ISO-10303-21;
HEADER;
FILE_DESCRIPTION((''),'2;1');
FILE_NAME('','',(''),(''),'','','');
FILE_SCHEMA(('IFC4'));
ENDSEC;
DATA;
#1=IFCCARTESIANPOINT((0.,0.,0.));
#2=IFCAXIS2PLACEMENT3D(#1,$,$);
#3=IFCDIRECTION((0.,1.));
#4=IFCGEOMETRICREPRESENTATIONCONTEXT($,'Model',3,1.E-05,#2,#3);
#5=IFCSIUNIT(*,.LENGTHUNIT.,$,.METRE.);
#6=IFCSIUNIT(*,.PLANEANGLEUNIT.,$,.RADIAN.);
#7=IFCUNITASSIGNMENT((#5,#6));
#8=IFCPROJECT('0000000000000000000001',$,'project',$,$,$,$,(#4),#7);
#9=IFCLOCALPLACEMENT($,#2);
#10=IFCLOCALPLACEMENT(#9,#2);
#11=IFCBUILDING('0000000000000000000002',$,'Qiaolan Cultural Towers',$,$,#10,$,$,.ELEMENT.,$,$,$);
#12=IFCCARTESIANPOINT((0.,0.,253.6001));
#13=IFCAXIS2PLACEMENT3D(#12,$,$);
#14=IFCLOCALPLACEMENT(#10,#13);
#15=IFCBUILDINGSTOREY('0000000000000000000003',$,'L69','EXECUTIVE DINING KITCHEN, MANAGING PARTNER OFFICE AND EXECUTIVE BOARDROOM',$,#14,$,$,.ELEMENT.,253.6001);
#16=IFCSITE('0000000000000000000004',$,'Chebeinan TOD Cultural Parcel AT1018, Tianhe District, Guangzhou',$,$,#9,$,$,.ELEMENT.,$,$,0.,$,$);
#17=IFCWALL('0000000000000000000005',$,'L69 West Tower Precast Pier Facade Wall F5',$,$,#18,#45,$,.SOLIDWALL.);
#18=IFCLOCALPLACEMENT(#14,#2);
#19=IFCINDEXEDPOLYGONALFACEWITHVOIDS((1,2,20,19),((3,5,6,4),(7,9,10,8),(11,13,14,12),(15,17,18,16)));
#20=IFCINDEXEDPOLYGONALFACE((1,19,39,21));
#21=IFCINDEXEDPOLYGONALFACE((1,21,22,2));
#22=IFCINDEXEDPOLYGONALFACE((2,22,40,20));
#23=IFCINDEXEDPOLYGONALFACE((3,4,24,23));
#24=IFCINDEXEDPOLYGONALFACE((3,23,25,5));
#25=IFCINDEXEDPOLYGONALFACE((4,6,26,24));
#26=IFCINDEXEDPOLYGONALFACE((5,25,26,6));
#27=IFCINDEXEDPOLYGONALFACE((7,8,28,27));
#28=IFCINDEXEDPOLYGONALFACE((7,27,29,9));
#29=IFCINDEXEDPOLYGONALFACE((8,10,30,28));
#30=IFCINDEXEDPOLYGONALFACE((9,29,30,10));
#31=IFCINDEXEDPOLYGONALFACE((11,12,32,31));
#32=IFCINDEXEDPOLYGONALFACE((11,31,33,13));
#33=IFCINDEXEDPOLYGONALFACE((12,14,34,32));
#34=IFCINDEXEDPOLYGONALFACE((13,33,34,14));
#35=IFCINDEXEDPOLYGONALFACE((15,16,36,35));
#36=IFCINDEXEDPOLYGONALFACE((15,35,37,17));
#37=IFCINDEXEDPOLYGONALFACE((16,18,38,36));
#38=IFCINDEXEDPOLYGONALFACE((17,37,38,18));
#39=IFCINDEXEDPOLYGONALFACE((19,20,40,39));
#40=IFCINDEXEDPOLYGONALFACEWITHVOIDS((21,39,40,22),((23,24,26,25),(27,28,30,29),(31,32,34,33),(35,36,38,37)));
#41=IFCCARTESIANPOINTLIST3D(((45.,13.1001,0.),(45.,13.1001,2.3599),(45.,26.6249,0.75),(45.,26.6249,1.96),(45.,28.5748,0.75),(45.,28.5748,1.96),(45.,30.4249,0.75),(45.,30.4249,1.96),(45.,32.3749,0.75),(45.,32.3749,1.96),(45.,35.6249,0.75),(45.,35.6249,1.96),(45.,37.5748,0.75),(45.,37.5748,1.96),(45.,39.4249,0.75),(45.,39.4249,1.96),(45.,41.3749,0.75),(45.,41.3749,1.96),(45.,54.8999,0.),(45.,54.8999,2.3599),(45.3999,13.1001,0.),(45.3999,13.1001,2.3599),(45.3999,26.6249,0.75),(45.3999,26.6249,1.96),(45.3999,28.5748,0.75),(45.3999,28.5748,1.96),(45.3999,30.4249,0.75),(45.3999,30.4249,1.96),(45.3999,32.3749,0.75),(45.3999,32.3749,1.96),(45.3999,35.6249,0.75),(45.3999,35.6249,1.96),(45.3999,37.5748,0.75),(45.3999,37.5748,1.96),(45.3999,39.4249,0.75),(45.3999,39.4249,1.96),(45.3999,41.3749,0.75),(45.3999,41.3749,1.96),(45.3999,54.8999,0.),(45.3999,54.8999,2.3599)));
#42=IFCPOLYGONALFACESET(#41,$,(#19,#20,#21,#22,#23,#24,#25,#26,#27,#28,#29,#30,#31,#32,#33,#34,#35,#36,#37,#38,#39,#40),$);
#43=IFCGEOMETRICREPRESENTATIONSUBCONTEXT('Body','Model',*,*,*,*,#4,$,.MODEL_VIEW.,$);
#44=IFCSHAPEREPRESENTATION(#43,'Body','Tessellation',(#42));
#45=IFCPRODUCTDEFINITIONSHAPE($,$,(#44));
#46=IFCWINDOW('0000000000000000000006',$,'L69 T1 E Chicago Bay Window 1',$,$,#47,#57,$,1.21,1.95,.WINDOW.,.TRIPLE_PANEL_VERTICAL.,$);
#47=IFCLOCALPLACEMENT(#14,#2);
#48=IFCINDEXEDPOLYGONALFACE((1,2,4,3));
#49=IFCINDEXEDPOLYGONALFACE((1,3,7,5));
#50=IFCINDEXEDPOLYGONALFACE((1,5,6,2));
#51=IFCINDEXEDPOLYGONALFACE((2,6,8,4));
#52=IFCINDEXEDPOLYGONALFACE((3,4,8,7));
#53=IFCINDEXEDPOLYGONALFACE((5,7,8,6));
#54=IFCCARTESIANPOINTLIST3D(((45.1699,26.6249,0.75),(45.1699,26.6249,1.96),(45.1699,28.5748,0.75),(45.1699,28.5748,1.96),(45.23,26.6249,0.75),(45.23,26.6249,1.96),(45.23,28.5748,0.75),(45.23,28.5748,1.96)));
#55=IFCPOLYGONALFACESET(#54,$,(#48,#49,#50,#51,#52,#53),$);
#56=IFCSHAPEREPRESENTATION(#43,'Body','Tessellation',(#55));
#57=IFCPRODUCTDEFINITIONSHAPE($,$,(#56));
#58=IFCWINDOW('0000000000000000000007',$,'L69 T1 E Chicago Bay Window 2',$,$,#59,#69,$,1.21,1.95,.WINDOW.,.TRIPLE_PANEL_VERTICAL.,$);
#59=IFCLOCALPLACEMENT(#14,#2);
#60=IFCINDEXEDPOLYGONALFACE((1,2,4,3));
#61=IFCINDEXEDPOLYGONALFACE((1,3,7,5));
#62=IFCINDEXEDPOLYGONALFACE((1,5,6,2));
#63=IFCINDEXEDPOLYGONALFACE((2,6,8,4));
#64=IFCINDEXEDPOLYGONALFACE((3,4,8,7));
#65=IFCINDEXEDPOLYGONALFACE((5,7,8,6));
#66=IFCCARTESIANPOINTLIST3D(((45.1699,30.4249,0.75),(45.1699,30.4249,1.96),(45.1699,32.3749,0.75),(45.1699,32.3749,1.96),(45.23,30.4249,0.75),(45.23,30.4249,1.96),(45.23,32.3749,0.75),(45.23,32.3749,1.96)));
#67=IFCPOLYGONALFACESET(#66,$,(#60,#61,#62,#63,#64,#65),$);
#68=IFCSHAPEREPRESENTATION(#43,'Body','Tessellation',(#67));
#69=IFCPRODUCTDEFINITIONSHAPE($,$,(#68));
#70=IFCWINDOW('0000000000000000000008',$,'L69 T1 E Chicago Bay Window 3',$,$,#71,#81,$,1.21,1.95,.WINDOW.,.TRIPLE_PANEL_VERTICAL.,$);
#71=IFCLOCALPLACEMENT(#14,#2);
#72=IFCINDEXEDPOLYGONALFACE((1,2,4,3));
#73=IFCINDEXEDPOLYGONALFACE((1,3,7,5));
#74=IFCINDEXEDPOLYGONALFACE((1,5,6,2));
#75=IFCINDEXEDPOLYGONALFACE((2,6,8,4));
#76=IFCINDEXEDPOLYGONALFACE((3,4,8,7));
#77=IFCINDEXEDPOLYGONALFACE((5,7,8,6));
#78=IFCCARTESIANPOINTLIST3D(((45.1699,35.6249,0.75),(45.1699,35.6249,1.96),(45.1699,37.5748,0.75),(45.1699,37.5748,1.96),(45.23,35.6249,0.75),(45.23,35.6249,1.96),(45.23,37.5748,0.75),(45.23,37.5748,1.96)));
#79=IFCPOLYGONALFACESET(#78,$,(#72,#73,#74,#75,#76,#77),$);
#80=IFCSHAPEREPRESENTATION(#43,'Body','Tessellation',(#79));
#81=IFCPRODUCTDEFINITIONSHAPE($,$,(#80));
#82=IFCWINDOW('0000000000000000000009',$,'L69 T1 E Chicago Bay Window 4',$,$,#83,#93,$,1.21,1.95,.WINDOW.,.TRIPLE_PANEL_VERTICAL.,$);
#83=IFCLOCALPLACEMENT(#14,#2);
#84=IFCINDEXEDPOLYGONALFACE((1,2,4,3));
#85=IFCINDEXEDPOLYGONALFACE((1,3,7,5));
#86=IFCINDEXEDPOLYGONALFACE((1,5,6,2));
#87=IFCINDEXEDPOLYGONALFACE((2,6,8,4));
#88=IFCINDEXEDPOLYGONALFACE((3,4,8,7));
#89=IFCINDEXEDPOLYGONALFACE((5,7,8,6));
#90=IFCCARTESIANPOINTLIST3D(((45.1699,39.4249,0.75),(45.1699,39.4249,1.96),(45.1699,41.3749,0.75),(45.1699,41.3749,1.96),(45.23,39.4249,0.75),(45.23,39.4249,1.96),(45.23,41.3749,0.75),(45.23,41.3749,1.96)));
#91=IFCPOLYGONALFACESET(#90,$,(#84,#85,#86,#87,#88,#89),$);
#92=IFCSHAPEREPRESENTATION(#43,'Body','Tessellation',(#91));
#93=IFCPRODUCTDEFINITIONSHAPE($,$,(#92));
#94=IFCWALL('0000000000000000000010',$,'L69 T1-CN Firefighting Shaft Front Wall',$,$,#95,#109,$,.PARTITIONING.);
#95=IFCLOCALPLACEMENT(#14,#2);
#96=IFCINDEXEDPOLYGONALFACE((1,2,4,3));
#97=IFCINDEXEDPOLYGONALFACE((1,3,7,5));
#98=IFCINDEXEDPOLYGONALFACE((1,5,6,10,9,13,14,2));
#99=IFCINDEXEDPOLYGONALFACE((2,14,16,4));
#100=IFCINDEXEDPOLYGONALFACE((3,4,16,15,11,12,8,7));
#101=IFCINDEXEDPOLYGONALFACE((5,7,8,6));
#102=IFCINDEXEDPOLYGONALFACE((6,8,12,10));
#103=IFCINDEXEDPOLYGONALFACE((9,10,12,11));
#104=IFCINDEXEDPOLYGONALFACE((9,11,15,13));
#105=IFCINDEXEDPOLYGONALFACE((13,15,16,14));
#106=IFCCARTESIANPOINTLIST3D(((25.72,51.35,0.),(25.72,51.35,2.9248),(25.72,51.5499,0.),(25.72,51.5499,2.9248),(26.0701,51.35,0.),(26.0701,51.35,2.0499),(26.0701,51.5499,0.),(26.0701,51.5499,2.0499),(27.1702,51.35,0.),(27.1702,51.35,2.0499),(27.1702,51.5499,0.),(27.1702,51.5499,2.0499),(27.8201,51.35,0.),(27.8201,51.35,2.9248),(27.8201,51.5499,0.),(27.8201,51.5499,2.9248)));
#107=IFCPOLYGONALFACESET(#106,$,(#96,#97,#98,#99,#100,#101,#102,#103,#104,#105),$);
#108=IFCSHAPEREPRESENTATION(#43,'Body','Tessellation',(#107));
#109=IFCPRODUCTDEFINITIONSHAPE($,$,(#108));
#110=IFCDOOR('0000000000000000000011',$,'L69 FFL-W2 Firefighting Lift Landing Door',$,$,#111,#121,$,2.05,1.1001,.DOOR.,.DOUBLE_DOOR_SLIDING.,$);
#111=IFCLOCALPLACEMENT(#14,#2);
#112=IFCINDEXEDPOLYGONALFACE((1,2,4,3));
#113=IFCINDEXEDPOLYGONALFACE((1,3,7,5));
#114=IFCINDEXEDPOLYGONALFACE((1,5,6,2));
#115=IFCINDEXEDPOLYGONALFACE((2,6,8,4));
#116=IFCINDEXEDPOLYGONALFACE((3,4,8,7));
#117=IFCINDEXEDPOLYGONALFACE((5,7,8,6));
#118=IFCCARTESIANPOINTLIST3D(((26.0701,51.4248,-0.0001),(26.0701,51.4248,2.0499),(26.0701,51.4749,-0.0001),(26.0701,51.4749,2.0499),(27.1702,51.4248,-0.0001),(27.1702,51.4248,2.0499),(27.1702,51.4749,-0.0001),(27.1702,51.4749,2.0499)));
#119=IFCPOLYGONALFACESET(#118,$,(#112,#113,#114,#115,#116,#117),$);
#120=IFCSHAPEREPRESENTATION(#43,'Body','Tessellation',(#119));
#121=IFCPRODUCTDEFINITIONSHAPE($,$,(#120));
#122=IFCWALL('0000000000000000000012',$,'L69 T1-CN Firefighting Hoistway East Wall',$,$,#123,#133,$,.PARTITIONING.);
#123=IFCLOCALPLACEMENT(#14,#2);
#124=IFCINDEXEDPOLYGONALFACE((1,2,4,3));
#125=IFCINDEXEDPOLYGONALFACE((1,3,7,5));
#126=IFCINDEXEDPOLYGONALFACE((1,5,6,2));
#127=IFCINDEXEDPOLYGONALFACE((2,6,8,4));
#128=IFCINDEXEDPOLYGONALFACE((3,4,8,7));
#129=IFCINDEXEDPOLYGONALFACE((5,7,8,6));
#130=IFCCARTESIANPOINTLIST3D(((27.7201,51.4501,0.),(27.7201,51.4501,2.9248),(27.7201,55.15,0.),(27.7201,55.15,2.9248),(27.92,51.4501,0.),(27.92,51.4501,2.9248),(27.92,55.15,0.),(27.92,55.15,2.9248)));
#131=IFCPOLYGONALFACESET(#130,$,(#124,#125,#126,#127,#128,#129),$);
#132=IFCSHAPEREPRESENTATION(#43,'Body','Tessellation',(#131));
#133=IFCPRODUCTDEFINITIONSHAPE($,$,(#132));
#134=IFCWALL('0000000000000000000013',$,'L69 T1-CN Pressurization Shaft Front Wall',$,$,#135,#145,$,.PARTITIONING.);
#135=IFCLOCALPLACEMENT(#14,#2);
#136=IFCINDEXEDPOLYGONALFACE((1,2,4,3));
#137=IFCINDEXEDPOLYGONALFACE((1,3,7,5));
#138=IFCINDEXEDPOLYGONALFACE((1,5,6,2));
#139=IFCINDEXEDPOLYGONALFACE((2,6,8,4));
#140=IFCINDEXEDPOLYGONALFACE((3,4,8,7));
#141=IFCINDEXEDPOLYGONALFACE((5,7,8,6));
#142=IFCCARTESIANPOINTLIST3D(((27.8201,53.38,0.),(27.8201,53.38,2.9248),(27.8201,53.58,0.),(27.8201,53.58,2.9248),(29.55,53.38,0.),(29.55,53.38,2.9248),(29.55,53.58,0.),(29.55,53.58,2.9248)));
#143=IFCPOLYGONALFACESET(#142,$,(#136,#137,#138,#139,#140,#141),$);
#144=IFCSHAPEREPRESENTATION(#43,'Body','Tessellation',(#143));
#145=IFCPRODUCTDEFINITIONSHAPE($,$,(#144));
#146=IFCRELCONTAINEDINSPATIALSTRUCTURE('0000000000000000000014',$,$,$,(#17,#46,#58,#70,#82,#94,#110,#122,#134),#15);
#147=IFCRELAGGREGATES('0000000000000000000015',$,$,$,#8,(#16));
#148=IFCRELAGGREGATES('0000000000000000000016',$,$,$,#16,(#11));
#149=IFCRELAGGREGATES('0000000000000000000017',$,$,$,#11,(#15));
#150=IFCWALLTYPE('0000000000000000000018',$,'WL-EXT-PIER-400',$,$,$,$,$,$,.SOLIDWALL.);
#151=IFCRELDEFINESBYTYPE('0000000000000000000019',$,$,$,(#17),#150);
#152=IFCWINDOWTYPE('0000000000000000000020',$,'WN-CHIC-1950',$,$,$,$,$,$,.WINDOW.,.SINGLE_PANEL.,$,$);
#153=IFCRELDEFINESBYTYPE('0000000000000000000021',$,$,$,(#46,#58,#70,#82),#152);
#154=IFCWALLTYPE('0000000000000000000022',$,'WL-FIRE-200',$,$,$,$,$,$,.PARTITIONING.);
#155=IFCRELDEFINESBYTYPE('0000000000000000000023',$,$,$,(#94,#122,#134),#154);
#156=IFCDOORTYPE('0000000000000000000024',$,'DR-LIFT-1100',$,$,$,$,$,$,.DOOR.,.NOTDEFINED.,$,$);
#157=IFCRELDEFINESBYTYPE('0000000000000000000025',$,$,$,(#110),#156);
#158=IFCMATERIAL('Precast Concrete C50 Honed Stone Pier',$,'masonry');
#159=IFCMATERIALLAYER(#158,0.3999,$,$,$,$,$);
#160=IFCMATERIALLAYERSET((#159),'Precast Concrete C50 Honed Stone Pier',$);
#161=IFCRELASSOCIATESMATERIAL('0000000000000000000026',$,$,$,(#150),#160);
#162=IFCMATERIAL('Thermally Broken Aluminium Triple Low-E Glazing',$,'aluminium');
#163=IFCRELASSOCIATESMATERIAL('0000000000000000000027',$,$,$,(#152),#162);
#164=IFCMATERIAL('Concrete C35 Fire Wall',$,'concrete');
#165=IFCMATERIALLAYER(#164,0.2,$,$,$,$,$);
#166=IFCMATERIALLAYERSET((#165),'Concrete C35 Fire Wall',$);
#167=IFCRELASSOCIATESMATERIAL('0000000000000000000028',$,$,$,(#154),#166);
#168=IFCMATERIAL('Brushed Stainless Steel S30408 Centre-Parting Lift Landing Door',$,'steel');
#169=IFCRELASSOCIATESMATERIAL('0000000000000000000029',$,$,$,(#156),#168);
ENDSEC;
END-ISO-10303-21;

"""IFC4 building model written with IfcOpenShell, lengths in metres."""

from ifc_helpers import new_model, si_unit, direction, frame, frame_2d, origin, place, context, subcontext, project, spatial, rectangle, extrude, material, layer, layer_set, type_object, element, fill, save


model = new_model("IFC4")

# Units and contexts
model_context = context("Model", 3, precision=1e-05, world=origin(), true_north=direction((0.0, 1.0)))
body_context = subcontext(model_context, "Body", "Model", "MODEL_VIEW")
ifc_project = project(units=[si_unit("LENGTHUNIT", "METRE"), si_unit("PLANEANGLEUNIT", "RADIAN")], contexts=[model_context])

# Site, building, storey
site_placement = place(None, origin())
site = spatial("IfcSite", under=ifc_project, at=site_placement, Name="Chebeinan TOD Cultural Parcel AT1018, Tianhe District, Guangzhou", CompositionType="ELEMENT", RefElevation=0.0)
building_placement = place(site_placement, origin())
building = spatial("IfcBuilding", under=site, at=building_placement, Name="Qiaolan Cultural Towers", CompositionType="ELEMENT")
storey_placement = place(building_placement, frame((0.0, 0.0, 253.6001)))
storey = spatial("IfcBuildingStorey", under=building, at=storey_placement, Name="L69", Description="EXECUTIVE DINING KITCHEN, MANAGING PARTNER OFFICE AND EXECUTIVE BOARDROOM", CompositionType="ELEMENT", Elevation=253.6001)

# Shared definitions
ifc_material_1 = material(Name="Precast Concrete C50 Honed Stone Pier", Category="masonry")
ifc_layer_1 = layer(ifc_material_1, 0.3999)
ifc_layer_set_1 = layer_set([ifc_layer_1], Name="Precast Concrete C50 Honed Stone Pier")
wall_type_1 = type_object("IfcWallType", Name="WL-EXT-PIER-400", PredefinedType="SOLIDWALL", material=ifc_layer_set_1)

# Wall, openings, windows
wall_1_placement = place(storey_placement, frame((45.2, 54.8999, 0.0), z_axis=(0.0, 0.0, 1.0), x_axis=(0.0, -1.0, 0.0)))
wall_1 = element("IfcWall", 1, at=wall_1_placement, inside=storey, type_object=wall_type_1, Name="L69 West Tower Precast Pier Facade Wall F5", PredefinedType="SOLIDWALL", context=body_context, shape_type="SweptSolid", body=[
    extrude(rectangle(XDim=41.7998, YDim=0.3999, at=frame_2d((20.8999, 0.0))), origin(), (0.0, 0.0, 1.0), 2.3599),
])
opening_1_placement = place(wall_1_placement, frame((26.325, 0.0, 0.75)))
opening_1 = element("IfcOpeningElement", 2, at=opening_1_placement, cuts=wall_1, PredefinedType="OPENING", context=body_context, shape_type="SweptSolid", body=[
    extrude(rectangle(XDim=1.95, YDim=1.21, at=frame_2d((0.9751, 0.605))), frame((0.0, 0.21, 0.0), z_axis=(0.0, -1.0, 0.0), x_axis=(1.0, 0.0, 0.0)), (0.0, 0.0, 1.0), 0.4199),
])
opening_2_placement = place(wall_1_placement, frame((22.5249, 0.0, 0.75)))
opening_2 = element("IfcOpeningElement", 3, at=opening_2_placement, cuts=wall_1, PredefinedType="OPENING", context=body_context, shape_type="SweptSolid", body=[
    extrude(rectangle(XDim=1.95, YDim=1.21, at=frame_2d((0.9751, 0.605))), frame((0.0, 0.21, 0.0), z_axis=(0.0, -1.0, 0.0), x_axis=(1.0, 0.0, 0.0)), (0.0, 0.0, 1.0), 0.4199),
])
opening_3_placement = place(wall_1_placement, frame((17.325, 0.0, 0.75)))
opening_3 = element("IfcOpeningElement", 4, at=opening_3_placement, cuts=wall_1, PredefinedType="OPENING", context=body_context, shape_type="SweptSolid", body=[
    extrude(rectangle(XDim=1.95, YDim=1.21, at=frame_2d((0.9751, 0.605))), frame((0.0, 0.21, 0.0), z_axis=(0.0, -1.0, 0.0), x_axis=(1.0, 0.0, 0.0)), (0.0, 0.0, 1.0), 0.4199),
])
opening_4_placement = place(wall_1_placement, frame((13.5249, 0.0, 0.75)))
opening_4 = element("IfcOpeningElement", 5, at=opening_4_placement, cuts=wall_1, PredefinedType="OPENING", context=body_context, shape_type="SweptSolid", body=[
    extrude(rectangle(XDim=1.95, YDim=1.21, at=frame_2d((0.9751, 0.605))), frame((0.0, 0.21, 0.0), z_axis=(0.0, -1.0, 0.0), x_axis=(1.0, 0.0, 0.0)), (0.0, 0.0, 1.0), 0.4199),
])
ifc_material_2 = material(Name="Thermally Broken Aluminium Triple Low-E Glazing", Category="aluminium")
window_type = type_object("IfcWindowType", Name="WN-CHIC-1950", PartitioningType="SINGLE_PANEL", PredefinedType="WINDOW", material=ifc_material_2)
window_1_placement = place(opening_1_placement, origin())
window_1 = element("IfcWindow", 6, at=window_1_placement, inside=storey, type_object=window_type, Name="L69 T1 E Chicago Bay Window 1", OverallHeight=1.21, OverallWidth=1.95, PartitioningType="TRIPLE_PANEL_VERTICAL", PredefinedType="WINDOW", context=body_context, shape_type="SweptSolid", body=[
    extrude(rectangle(XDim=1.95, YDim=1.21, at=frame_2d((0.9751, 0.605))), frame((0.0, 0.03, 0.0), z_axis=(0.0, -1.0, 0.0), x_axis=(1.0, 0.0, 0.0)), (0.0, 0.0, 1.0), 0.0601),
])
fill(opening_1, window_1)
window_2_placement = place(opening_2_placement, origin())
window_2 = element("IfcWindow", 7, at=window_2_placement, inside=storey, type_object=window_type, Name="L69 T1 E Chicago Bay Window 2", OverallHeight=1.21, OverallWidth=1.95, PartitioningType="TRIPLE_PANEL_VERTICAL", PredefinedType="WINDOW", context=body_context, shape_type="SweptSolid", body=[
    extrude(rectangle(XDim=1.95, YDim=1.21, at=frame_2d((0.9751, 0.605))), frame((0.0, 0.03, 0.0), z_axis=(0.0, -1.0, 0.0), x_axis=(1.0, 0.0, 0.0)), (0.0, 0.0, 1.0), 0.0601),
])
fill(opening_2, window_2)
window_3_placement = place(opening_3_placement, origin())
window_3 = element("IfcWindow", 8, at=window_3_placement, inside=storey, type_object=window_type, Name="L69 T1 E Chicago Bay Window 3", OverallHeight=1.21, OverallWidth=1.95, PartitioningType="TRIPLE_PANEL_VERTICAL", PredefinedType="WINDOW", context=body_context, shape_type="SweptSolid", body=[
    extrude(rectangle(XDim=1.95, YDim=1.21, at=frame_2d((0.9751, 0.605))), frame((0.0, 0.03, 0.0), z_axis=(0.0, -1.0, 0.0), x_axis=(1.0, 0.0, 0.0)), (0.0, 0.0, 1.0), 0.0601),
])
fill(opening_3, window_3)
window_4_placement = place(opening_4_placement, origin())
window_4 = element("IfcWindow", 9, at=window_4_placement, inside=storey, type_object=window_type, Name="L69 T1 E Chicago Bay Window 4", OverallHeight=1.21, OverallWidth=1.95, PartitioningType="TRIPLE_PANEL_VERTICAL", PredefinedType="WINDOW", context=body_context, shape_type="SweptSolid", body=[
    extrude(rectangle(XDim=1.95, YDim=1.21, at=frame_2d((0.9751, 0.605))), frame((0.0, 0.03, 0.0), z_axis=(0.0, -1.0, 0.0), x_axis=(1.0, 0.0, 0.0)), (0.0, 0.0, 1.0), 0.0601),
])
fill(opening_4, window_4)

# Wall, opening, door
ifc_material_3 = material(Name="Concrete C35 Fire Wall", Category="concrete")
ifc_layer_2 = layer(ifc_material_3, 0.2)
ifc_layer_set_2 = layer_set([ifc_layer_2], Name="Concrete C35 Fire Wall")
wall_type_2 = type_object("IfcWallType", Name="WL-FIRE-200", PredefinedType="PARTITIONING", material=ifc_layer_set_2)
wall_2_placement = place(storey_placement, frame((25.72, 51.45, 0.0), z_axis=(0.0, 0.0, 1.0), x_axis=(1.0, 0.0, 0.0)))
wall_2 = element("IfcWall", 10, at=wall_2_placement, inside=storey, type_object=wall_type_2, Name="L69 T1-CN Firefighting Shaft Front Wall", PredefinedType="PARTITIONING", context=body_context, shape_type="SweptSolid", body=[
    extrude(rectangle(XDim=2.1001, YDim=0.2, at=frame_2d((1.05, 0.0))), origin(), (0.0, 0.0, 1.0), 2.9248),
])
opening_5_placement = place(wall_2_placement, frame((0.3501, 0.0, 0.0)))
opening_5 = element("IfcOpeningElement", 11, at=opening_5_placement, cuts=wall_2, PredefinedType="OPENING", context=body_context, shape_type="SweptSolid", body=[
    extrude(rectangle(XDim=1.1001, YDim=2.05, at=frame_2d((0.55, 1.0249))), frame((0.0, 0.1099, 0.0), z_axis=(0.0, -1.0, 0.0), x_axis=(1.0, 0.0, 0.0)), (0.0, 0.0, 1.0), 0.22),
])
ifc_material_4 = material(Name="Brushed Stainless Steel S30408 Centre-Parting Lift Landing Door", Category="steel")
door_type_1 = type_object("IfcDoorType", Name="DR-LIFT-1100", OperationType="NOTDEFINED", PredefinedType="DOOR", material=ifc_material_4)
door_1_placement = place(opening_5_placement, origin())
door_1 = element("IfcDoor", 12, at=door_1_placement, inside=storey, type_object=door_type_1, Name="L69 FFL-W2 Firefighting Lift Landing Door", OperationType="DOUBLE_DOOR_SLIDING", OverallHeight=2.05, OverallWidth=1.1001, PredefinedType="DOOR", context=body_context, shape_type="SweptSolid", body=[
    extrude(rectangle(XDim=1.1001, YDim=2.05, at=frame_2d((0.55, 1.0249))), frame((0.0, 0.0249, 0.0), z_axis=(0.0, -1.0, 0.0), x_axis=(1.0, 0.0, 0.0)), (0.0, 0.0, 1.0), 0.05),
])
fill(opening_5, door_1)

# Walls
wall_3_placement = place(storey_placement, frame((27.8201, 51.45, 0.0), z_axis=(0.0, 0.0, 1.0), x_axis=(0.0, 1.0, 0.0)))
element("IfcWall", 13, at=wall_3_placement, inside=storey, type_object=wall_type_2, Name="L69 T1-CN Firefighting Hoistway East Wall", PredefinedType="PARTITIONING", context=body_context, shape_type="SweptSolid", body=[
    extrude(rectangle(XDim=3.7, YDim=0.2, at=frame_2d((1.8501, 0.0))), origin(), (0.0, 0.0, 1.0), 2.9248),
])
wall_4_placement = place(storey_placement, frame((27.8201, 53.48, 0.0), z_axis=(0.0, 0.0, 1.0), x_axis=(1.0, 0.0, 0.0)))
element("IfcWall", 14, at=wall_4_placement, inside=storey, type_object=wall_type_2, Name="L69 T1-CN Pressurization Shaft Front Wall", PredefinedType="PARTITIONING", context=body_context, shape_type="SweptSolid", body=[
    extrude(rectangle(XDim=1.73, YDim=0.2, at=frame_2d((0.865, 0.0))), origin(), (0.0, 0.0, 1.0), 2.9248),
])

save(model, "model.ifc")
